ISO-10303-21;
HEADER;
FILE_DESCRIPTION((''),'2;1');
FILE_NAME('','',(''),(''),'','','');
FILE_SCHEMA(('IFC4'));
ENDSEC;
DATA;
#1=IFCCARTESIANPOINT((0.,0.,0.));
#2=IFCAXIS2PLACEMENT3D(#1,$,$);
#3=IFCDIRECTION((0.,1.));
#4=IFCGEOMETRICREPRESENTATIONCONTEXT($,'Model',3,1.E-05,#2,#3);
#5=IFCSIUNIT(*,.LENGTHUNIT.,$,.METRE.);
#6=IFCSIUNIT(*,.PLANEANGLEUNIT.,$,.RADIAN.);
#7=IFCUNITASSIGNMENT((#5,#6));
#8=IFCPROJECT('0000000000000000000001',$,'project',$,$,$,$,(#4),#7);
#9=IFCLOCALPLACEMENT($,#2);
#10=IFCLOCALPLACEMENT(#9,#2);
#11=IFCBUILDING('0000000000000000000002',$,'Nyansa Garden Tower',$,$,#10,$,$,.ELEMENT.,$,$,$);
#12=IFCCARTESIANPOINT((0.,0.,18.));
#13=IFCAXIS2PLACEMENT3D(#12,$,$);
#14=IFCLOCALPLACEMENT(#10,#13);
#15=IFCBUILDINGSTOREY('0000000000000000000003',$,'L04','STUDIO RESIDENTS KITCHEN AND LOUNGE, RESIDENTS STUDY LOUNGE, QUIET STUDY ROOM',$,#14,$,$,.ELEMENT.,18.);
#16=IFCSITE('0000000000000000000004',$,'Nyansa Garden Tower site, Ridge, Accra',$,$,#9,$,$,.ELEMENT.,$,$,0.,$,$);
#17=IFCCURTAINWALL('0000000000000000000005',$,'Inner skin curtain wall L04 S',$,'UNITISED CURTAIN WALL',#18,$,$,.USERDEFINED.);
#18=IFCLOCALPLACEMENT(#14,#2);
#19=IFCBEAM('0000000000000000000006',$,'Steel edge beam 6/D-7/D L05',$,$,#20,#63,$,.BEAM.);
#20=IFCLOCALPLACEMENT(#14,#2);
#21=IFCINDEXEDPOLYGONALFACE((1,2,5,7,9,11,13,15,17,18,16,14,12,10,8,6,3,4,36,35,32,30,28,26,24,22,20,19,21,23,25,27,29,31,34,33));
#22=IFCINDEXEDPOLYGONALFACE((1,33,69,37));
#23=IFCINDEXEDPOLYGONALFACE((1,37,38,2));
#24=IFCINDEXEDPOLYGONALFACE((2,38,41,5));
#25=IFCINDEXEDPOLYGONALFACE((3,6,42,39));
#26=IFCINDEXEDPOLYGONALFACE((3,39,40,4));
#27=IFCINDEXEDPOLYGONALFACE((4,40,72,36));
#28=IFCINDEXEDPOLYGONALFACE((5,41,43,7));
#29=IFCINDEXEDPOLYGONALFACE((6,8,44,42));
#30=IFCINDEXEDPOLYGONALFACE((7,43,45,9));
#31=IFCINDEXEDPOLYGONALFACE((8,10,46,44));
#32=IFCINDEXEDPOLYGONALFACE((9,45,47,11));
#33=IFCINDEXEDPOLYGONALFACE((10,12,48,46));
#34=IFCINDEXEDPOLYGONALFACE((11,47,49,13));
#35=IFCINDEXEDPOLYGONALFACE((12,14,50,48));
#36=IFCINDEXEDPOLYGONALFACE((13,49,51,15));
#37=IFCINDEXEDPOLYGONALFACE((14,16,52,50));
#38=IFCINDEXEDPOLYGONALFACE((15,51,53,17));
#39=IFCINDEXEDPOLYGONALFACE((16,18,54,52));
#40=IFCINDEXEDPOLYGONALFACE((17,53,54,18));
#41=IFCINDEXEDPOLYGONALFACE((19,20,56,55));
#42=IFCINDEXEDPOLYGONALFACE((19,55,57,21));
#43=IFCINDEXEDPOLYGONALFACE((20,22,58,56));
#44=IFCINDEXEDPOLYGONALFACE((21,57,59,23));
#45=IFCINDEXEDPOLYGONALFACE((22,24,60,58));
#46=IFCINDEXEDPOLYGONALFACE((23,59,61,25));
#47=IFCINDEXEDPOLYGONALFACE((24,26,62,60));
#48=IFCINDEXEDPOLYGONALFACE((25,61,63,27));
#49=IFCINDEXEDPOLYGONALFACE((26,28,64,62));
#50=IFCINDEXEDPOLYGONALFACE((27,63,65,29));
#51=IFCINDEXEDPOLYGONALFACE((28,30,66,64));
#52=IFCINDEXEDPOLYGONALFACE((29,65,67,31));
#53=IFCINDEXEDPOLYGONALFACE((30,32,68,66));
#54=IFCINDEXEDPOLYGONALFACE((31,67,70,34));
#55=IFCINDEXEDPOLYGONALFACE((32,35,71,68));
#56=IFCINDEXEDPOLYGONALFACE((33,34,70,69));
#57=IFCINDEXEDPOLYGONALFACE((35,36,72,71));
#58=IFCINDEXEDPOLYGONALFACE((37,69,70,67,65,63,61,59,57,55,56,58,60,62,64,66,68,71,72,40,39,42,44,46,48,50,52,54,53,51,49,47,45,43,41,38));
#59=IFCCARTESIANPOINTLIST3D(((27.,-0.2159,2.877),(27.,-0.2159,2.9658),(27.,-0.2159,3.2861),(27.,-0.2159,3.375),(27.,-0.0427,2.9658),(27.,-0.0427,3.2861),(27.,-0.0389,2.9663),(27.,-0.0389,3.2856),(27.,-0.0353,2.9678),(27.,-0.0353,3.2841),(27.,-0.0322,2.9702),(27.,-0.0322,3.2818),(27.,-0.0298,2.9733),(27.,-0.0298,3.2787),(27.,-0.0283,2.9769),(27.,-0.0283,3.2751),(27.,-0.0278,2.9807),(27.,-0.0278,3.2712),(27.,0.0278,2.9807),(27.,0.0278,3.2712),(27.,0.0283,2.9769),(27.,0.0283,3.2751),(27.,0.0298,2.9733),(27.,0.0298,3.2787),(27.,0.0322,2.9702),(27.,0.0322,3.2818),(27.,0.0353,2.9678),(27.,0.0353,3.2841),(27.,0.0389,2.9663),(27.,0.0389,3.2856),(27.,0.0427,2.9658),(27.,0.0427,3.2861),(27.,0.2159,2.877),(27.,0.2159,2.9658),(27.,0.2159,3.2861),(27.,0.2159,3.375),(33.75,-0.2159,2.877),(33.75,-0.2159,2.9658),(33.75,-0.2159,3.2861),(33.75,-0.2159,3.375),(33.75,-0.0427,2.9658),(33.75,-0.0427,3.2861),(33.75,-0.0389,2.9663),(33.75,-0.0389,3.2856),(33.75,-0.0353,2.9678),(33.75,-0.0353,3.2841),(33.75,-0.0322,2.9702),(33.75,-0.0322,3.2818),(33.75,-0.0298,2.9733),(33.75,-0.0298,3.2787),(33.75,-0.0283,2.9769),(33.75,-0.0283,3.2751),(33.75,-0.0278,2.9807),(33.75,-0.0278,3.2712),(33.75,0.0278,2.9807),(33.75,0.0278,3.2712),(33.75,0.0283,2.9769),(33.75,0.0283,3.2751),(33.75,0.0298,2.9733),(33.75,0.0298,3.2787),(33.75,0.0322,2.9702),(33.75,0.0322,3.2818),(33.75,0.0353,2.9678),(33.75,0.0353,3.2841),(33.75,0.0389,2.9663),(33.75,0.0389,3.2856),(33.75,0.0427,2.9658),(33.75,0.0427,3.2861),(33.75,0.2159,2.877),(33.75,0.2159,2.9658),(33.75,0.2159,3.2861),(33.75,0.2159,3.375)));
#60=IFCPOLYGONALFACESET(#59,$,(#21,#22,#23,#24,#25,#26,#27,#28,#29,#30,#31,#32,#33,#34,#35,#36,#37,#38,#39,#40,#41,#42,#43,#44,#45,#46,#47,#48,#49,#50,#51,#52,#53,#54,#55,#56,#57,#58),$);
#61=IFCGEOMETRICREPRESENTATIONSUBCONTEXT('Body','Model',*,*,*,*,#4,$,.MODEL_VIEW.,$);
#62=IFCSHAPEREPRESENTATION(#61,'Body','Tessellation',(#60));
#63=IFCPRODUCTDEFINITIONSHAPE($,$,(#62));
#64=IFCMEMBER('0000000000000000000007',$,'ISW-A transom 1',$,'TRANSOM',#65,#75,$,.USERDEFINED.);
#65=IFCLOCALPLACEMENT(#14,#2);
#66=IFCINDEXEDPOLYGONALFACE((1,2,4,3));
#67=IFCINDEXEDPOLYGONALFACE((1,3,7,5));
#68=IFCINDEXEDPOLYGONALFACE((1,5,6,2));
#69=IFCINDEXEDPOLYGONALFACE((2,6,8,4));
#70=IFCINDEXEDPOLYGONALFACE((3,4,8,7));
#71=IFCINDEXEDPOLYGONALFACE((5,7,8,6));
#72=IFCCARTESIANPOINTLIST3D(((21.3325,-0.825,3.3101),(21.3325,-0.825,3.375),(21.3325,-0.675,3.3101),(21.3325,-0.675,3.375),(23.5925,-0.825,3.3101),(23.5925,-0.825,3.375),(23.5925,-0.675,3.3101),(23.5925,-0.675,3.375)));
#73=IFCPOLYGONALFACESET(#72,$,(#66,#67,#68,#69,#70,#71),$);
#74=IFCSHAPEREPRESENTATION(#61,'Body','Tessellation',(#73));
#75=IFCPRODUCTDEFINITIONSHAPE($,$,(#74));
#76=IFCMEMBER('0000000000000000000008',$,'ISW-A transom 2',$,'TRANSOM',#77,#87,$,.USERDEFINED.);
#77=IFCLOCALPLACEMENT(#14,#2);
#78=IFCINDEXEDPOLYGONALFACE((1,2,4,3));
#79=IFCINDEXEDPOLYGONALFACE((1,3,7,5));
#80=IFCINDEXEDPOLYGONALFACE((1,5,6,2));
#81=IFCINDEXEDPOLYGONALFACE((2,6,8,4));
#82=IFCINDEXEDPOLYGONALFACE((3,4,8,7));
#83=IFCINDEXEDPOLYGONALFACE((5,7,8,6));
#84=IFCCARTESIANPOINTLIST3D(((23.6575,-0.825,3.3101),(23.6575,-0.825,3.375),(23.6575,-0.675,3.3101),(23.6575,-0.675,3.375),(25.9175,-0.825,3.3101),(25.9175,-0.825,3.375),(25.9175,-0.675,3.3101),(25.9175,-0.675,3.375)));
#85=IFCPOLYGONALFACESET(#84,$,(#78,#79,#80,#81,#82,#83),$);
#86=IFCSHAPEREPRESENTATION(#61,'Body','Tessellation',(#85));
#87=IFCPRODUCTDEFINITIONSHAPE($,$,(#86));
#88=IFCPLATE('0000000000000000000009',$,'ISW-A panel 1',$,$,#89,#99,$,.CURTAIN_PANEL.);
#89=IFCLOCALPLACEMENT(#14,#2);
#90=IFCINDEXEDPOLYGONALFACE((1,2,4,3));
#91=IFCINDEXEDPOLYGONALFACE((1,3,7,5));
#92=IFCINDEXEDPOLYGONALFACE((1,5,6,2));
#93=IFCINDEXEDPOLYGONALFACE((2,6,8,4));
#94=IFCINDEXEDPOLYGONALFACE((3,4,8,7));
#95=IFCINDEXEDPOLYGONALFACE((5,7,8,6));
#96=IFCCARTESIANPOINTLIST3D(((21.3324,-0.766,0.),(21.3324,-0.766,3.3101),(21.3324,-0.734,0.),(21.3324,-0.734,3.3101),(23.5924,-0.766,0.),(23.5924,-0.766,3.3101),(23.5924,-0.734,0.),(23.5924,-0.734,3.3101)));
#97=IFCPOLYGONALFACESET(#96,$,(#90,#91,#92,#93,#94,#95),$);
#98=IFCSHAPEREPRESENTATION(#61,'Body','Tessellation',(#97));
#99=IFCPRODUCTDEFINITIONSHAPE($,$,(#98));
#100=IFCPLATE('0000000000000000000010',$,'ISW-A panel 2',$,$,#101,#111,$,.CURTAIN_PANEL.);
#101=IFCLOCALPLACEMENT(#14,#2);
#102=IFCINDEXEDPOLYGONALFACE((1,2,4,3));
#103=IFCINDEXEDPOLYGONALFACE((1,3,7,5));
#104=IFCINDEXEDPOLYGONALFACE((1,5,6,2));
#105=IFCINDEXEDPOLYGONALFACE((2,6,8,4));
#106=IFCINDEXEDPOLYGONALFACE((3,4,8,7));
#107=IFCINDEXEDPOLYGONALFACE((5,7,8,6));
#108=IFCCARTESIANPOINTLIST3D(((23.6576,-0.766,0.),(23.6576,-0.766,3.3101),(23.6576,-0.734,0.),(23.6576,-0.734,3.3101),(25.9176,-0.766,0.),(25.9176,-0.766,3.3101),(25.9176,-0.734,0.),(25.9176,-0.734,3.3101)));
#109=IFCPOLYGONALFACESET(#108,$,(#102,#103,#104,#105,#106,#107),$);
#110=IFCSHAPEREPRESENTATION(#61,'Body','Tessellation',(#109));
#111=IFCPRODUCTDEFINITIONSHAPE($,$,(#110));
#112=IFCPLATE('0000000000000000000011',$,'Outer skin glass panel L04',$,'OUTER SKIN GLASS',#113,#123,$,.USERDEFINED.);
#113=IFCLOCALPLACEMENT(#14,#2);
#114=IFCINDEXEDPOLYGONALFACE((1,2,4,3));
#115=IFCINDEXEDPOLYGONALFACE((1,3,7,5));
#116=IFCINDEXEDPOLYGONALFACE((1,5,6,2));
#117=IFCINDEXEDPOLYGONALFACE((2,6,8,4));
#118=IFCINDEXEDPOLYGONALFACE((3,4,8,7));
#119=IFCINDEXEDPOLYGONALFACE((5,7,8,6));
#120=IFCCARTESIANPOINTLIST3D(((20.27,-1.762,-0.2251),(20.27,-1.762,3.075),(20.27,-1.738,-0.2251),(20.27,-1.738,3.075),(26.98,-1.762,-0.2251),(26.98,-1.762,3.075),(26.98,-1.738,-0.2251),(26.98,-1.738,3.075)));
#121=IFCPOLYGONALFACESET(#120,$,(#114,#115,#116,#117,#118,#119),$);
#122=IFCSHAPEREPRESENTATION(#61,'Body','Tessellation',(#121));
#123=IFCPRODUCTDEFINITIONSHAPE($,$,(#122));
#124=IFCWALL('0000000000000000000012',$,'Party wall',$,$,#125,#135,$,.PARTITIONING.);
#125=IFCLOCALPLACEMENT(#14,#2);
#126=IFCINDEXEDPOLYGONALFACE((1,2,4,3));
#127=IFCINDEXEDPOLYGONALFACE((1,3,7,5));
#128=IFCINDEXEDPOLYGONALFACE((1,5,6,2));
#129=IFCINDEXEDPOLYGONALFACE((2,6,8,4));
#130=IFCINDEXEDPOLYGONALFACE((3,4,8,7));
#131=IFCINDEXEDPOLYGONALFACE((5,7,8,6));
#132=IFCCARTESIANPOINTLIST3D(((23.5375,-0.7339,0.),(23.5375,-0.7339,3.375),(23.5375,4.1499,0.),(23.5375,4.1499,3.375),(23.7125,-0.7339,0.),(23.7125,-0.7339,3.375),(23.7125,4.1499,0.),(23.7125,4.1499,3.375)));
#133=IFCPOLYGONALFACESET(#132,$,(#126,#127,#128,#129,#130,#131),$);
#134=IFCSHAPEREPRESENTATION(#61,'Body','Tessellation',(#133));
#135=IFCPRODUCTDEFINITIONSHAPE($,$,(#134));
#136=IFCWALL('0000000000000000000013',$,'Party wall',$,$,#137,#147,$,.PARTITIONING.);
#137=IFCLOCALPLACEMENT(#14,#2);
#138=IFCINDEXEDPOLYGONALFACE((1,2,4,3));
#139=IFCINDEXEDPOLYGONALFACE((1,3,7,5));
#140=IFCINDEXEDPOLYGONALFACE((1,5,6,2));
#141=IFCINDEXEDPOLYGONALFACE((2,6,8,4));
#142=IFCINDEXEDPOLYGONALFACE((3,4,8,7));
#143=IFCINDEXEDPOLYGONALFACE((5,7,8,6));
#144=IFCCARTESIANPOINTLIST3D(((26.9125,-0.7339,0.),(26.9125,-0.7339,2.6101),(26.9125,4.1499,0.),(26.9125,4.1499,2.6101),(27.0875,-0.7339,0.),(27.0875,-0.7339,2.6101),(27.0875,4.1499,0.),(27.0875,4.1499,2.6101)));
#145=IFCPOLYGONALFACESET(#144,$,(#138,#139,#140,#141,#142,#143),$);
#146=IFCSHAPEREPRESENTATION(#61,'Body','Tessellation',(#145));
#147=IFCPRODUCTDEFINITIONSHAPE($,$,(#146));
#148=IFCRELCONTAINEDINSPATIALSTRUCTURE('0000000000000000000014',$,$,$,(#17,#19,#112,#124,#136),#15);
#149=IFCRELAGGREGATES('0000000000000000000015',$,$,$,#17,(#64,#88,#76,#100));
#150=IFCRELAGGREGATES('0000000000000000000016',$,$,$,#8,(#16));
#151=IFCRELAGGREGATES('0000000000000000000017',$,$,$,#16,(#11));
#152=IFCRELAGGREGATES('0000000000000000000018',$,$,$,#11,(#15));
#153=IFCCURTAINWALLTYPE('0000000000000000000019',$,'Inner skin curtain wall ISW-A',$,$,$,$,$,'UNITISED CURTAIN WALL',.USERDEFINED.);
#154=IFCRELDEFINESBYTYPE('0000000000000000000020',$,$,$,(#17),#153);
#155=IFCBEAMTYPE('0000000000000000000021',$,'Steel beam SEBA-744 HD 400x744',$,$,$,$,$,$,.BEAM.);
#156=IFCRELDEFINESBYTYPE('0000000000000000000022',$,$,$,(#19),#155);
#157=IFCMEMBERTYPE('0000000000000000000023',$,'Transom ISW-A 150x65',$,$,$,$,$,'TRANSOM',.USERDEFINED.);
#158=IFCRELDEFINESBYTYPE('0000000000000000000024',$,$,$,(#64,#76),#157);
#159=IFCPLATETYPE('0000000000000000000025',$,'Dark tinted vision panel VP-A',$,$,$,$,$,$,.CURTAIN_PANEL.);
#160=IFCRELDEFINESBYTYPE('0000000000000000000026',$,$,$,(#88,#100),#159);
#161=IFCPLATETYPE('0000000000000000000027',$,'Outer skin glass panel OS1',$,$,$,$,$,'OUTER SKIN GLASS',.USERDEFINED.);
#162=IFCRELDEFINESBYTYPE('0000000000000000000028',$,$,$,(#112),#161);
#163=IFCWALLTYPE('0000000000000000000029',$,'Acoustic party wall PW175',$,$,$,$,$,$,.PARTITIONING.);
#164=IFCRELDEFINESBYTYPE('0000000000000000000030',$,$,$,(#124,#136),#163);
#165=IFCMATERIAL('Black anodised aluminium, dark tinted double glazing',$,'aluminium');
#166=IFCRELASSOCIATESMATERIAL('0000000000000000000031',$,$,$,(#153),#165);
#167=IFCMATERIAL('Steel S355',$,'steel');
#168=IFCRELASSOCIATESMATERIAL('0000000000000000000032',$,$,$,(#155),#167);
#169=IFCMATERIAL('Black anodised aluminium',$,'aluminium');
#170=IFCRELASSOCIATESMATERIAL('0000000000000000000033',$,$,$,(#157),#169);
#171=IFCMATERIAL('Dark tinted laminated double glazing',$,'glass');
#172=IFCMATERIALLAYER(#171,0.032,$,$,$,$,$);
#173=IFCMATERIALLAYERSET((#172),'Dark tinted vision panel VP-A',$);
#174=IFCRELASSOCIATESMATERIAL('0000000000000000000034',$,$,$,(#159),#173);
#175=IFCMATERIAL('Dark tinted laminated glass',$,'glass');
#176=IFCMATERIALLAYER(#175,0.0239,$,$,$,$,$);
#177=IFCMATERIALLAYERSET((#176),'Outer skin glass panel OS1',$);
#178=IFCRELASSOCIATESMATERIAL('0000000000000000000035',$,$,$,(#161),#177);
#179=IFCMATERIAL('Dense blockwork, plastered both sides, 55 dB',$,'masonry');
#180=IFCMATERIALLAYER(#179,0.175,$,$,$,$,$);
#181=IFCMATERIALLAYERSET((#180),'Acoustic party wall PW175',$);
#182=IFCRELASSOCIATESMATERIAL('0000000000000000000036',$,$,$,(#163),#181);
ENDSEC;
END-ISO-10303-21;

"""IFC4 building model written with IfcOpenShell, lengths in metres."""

from ifc_helpers import new_model, si_unit, direction, frame, frame_2d, origin, origin_2d, place, context, subcontext, project, spatial, rectangle, i_section, extrude, material, layer, layer_set, material_profile, profile_set, type_object, element, aggregate, save


model = new_model("IFC4")

# Units and contexts
model_context = context("Model", 3, precision=1e-05, world=origin(), true_north=direction((0.0, 1.0)))
body_context = subcontext(model_context, "Body", "Model", "MODEL_VIEW")
ifc_project = project(units=[si_unit("LENGTHUNIT", "METRE"), si_unit("PLANEANGLEUNIT", "RADIAN")], contexts=[model_context])

# Site, building, storey
site_placement = place(None, origin())
site = spatial("IfcSite", under=ifc_project, at=site_placement, Name="Nyansa Garden Tower site, Ridge, Accra", CompositionType="ELEMENT", RefElevation=0.0)
building_placement = place(site_placement, origin())
building = spatial("IfcBuilding", under=site, at=building_placement, Name="Nyansa Garden Tower", CompositionType="ELEMENT")
storey_placement = place(building_placement, frame((0.0, 0.0, 18.0)))
storey = spatial("IfcBuildingStorey", under=building, at=storey_placement, Name="L04", Description="STUDIO RESIDENTS KITCHEN AND LOUNGE, RESIDENTS STUDY LOUNGE, QUIET STUDY ROOM", CompositionType="ELEMENT", Elevation=18.0)

# Curtain wall
ifc_material_1 = material(Name="Black anodised aluminium, dark tinted double glazing", Category="aluminium")
curtain_wall_type = type_object("IfcCurtainWallType", Name="Inner skin curtain wall ISW-A", ElementType="UNITISED CURTAIN WALL", PredefinedType="USERDEFINED", material=ifc_material_1)
curtain_wall_placement = place(storey_placement, origin())
curtain_wall = element("IfcCurtainWall", 1, at=curtain_wall_placement, inside=storey, type_object=curtain_wall_type, Name="Inner skin curtain wall L04 S", ObjectType="UNITISED CURTAIN WALL", PredefinedType="USERDEFINED")

# Beam
ifc_material_2 = material(Name="Steel S355", Category="steel")
ifc_material_profile_1 = material_profile(ifc_material_2, i_section(OverallWidth=0.4319, OverallDepth=0.498, WebThickness=0.0557, FlangeThickness=0.0889, FilletRadius=0.0149, at=origin_2d()), Name="HD 400x744")
ifc_profile_set_1 = profile_set([ifc_material_profile_1], Name="Steel S355")
beam_type_1 = type_object("IfcBeamType", Name="Steel beam SEBA-744 HD 400x744", PredefinedType="BEAM", material=ifc_profile_set_1)
beam_1_placement = place(storey_placement, frame((27.0, 0.0, 3.126), z_axis=(1.0, 0.0, 0.0), x_axis=(0.0, 1.0, 0.0)))
element("IfcBeam", 2, at=beam_1_placement, inside=storey, type_object=beam_type_1, Name="Steel edge beam 6/D-7/D L05", PredefinedType="BEAM", context=body_context, shape_type="SweptSolid", body=[
    extrude(i_section(OverallWidth=0.4319, OverallDepth=0.498, WebThickness=0.0557, FlangeThickness=0.0889, FilletRadius=0.0149, at=origin_2d()), origin(), (0.0, 0.0, 1.0), 6.75),
])

# Members
ifc_material_3 = material(Name="Black anodised aluminium", Category="aluminium")
ifc_material_profile_2 = material_profile(ifc_material_3, rectangle(XDim=0.1499, YDim=0.0649, at=origin_2d()), Name="Transom 150x65")
ifc_profile_set_2 = profile_set([ifc_material_profile_2], Name="Black anodised aluminium")
member_type_1 = type_object("IfcMemberType", Name="Transom ISW-A 150x65", ElementType="TRANSOM", PredefinedType="USERDEFINED", material=ifc_profile_set_2)
member_1_placement = place(storey_placement, frame((21.3325, -0.75, 3.3425), z_axis=(1.0, 0.0, 0.0), x_axis=(0.0, 1.0, 0.0)))
member_1 = element("IfcMember", 3, at=member_1_placement, type_object=member_type_1, Name="ISW-A transom 1", ObjectType="TRANSOM", PredefinedType="USERDEFINED", context=body_context, shape_type="SweptSolid", body=[
    extrude(rectangle(XDim=0.1499, YDim=0.0649, at=origin_2d()), origin(), (0.0, 0.0, 1.0), 2.26),
])
member_2_placement = place(storey_placement, frame((23.6575, -0.75, 3.3425), z_axis=(1.0, 0.0, 0.0), x_axis=(0.0, 1.0, 0.0)))
member_2 = element("IfcMember", 4, at=member_2_placement, type_object=member_type_1, Name="ISW-A transom 2", ObjectType="TRANSOM", PredefinedType="USERDEFINED", context=body_context, shape_type="SweptSolid", body=[
    extrude(rectangle(XDim=0.1499, YDim=0.0649, at=origin_2d()), origin(), (0.0, 0.0, 1.0), 2.26),
])

# Plates
ifc_material_4 = material(Name="Dark tinted laminated double glazing", Category="glass")
ifc_layer_1 = layer(ifc_material_4, 0.032)
ifc_layer_set_1 = layer_set([ifc_layer_1], Name="Dark tinted vision panel VP-A")
plate_type_1 = type_object("IfcPlateType", Name="Dark tinted vision panel VP-A", PredefinedType="CURTAIN_PANEL", material=ifc_layer_set_1)
plate_1_placement = place(storey_placement, frame((22.4624, -0.75, 0.0), z_axis=(0.0, 0.0, 1.0), x_axis=(1.0, 0.0, 0.0)))
plate_1 = element("IfcPlate", 5, at=plate_1_placement, type_object=plate_type_1, Name="ISW-A panel 1", PredefinedType="CURTAIN_PANEL", context=body_context, shape_type="SweptSolid", body=[
    extrude(rectangle(XDim=2.26, YDim=0.032, at=origin_2d()), origin(), (0.0, 0.0, 1.0), 3.3101),
])
plate_2_placement = place(storey_placement, frame((24.7876, -0.75, 0.0), z_axis=(0.0, 0.0, 1.0), x_axis=(1.0, 0.0, 0.0)))
plate_2 = element("IfcPlate", 6, at=plate_2_placement, type_object=plate_type_1, Name="ISW-A panel 2", PredefinedType="CURTAIN_PANEL", context=body_context, shape_type="SweptSolid", body=[
    extrude(rectangle(XDim=2.26, YDim=0.032, at=origin_2d()), origin(), (0.0, 0.0, 1.0), 3.3101),
])
aggregate(curtain_wall, [member_1, plate_1, member_2, plate_2])
ifc_material_5 = material(Name="Dark tinted laminated glass", Category="glass")
ifc_layer_2 = layer(ifc_material_5, 0.0239)
ifc_layer_set_2 = layer_set([ifc_layer_2], Name="Outer skin glass panel OS1")
plate_type_2 = type_object("IfcPlateType", Name="Outer skin glass panel OS1", ElementType="OUTER SKIN GLASS", PredefinedType="USERDEFINED", material=ifc_layer_set_2)
plate_3_placement = place(storey_placement, frame((23.625, -1.75, -0.2251), z_axis=(0.0, 0.0, 1.0), x_axis=(1.0, 0.0, 0.0)))
element("IfcPlate", 7, at=plate_3_placement, inside=storey, type_object=plate_type_2, Name="Outer skin glass panel L04", ObjectType="OUTER SKIN GLASS", PredefinedType="USERDEFINED", context=body_context, shape_type="SweptSolid", body=[
    extrude(rectangle(XDim=6.71, YDim=0.0239, at=origin_2d()), origin(), (0.0, 0.0, 1.0), 3.3),
])

# Walls
ifc_material_6 = material(Name="Dense blockwork, plastered both sides, 55 dB", Category="masonry")
ifc_layer_3 = layer(ifc_material_6, 0.175)
ifc_layer_set_3 = layer_set([ifc_layer_3], Name="Acoustic party wall PW175")
wall_type_1 = type_object("IfcWallType", Name="Acoustic party wall PW175", PredefinedType="PARTITIONING", material=ifc_layer_set_3)
wall_1_placement = place(storey_placement, frame((23.625, -0.7339, 0.0), z_axis=(0.0, 0.0, 1.0), x_axis=(0.0, 1.0, 0.0)))
element("IfcWall", 8, at=wall_1_placement, inside=storey, type_object=wall_type_1, Name="Party wall", PredefinedType="PARTITIONING", context=body_context, shape_type="SweptSolid", body=[
    extrude(rectangle(XDim=4.8838, YDim=0.175, at=frame_2d((2.4419, 0.0))), origin(), (0.0, 0.0, 1.0), 3.375),
])
wall_2_placement = place(storey_placement, frame((27.0, -0.7339, 0.0), z_axis=(0.0, 0.0, 1.0), x_axis=(0.0, 1.0, 0.0)))
element("IfcWall", 9, at=wall_2_placement, inside=storey, type_object=wall_type_1, Name="Party wall", PredefinedType="PARTITIONING", context=body_context, shape_type="SweptSolid", body=[
    extrude(rectangle(XDim=4.8838, YDim=0.175, at=frame_2d((2.4419, 0.0))), origin(), (0.0, 0.0, 1.0), 2.6101),
])

save(model, "model.ifc")
